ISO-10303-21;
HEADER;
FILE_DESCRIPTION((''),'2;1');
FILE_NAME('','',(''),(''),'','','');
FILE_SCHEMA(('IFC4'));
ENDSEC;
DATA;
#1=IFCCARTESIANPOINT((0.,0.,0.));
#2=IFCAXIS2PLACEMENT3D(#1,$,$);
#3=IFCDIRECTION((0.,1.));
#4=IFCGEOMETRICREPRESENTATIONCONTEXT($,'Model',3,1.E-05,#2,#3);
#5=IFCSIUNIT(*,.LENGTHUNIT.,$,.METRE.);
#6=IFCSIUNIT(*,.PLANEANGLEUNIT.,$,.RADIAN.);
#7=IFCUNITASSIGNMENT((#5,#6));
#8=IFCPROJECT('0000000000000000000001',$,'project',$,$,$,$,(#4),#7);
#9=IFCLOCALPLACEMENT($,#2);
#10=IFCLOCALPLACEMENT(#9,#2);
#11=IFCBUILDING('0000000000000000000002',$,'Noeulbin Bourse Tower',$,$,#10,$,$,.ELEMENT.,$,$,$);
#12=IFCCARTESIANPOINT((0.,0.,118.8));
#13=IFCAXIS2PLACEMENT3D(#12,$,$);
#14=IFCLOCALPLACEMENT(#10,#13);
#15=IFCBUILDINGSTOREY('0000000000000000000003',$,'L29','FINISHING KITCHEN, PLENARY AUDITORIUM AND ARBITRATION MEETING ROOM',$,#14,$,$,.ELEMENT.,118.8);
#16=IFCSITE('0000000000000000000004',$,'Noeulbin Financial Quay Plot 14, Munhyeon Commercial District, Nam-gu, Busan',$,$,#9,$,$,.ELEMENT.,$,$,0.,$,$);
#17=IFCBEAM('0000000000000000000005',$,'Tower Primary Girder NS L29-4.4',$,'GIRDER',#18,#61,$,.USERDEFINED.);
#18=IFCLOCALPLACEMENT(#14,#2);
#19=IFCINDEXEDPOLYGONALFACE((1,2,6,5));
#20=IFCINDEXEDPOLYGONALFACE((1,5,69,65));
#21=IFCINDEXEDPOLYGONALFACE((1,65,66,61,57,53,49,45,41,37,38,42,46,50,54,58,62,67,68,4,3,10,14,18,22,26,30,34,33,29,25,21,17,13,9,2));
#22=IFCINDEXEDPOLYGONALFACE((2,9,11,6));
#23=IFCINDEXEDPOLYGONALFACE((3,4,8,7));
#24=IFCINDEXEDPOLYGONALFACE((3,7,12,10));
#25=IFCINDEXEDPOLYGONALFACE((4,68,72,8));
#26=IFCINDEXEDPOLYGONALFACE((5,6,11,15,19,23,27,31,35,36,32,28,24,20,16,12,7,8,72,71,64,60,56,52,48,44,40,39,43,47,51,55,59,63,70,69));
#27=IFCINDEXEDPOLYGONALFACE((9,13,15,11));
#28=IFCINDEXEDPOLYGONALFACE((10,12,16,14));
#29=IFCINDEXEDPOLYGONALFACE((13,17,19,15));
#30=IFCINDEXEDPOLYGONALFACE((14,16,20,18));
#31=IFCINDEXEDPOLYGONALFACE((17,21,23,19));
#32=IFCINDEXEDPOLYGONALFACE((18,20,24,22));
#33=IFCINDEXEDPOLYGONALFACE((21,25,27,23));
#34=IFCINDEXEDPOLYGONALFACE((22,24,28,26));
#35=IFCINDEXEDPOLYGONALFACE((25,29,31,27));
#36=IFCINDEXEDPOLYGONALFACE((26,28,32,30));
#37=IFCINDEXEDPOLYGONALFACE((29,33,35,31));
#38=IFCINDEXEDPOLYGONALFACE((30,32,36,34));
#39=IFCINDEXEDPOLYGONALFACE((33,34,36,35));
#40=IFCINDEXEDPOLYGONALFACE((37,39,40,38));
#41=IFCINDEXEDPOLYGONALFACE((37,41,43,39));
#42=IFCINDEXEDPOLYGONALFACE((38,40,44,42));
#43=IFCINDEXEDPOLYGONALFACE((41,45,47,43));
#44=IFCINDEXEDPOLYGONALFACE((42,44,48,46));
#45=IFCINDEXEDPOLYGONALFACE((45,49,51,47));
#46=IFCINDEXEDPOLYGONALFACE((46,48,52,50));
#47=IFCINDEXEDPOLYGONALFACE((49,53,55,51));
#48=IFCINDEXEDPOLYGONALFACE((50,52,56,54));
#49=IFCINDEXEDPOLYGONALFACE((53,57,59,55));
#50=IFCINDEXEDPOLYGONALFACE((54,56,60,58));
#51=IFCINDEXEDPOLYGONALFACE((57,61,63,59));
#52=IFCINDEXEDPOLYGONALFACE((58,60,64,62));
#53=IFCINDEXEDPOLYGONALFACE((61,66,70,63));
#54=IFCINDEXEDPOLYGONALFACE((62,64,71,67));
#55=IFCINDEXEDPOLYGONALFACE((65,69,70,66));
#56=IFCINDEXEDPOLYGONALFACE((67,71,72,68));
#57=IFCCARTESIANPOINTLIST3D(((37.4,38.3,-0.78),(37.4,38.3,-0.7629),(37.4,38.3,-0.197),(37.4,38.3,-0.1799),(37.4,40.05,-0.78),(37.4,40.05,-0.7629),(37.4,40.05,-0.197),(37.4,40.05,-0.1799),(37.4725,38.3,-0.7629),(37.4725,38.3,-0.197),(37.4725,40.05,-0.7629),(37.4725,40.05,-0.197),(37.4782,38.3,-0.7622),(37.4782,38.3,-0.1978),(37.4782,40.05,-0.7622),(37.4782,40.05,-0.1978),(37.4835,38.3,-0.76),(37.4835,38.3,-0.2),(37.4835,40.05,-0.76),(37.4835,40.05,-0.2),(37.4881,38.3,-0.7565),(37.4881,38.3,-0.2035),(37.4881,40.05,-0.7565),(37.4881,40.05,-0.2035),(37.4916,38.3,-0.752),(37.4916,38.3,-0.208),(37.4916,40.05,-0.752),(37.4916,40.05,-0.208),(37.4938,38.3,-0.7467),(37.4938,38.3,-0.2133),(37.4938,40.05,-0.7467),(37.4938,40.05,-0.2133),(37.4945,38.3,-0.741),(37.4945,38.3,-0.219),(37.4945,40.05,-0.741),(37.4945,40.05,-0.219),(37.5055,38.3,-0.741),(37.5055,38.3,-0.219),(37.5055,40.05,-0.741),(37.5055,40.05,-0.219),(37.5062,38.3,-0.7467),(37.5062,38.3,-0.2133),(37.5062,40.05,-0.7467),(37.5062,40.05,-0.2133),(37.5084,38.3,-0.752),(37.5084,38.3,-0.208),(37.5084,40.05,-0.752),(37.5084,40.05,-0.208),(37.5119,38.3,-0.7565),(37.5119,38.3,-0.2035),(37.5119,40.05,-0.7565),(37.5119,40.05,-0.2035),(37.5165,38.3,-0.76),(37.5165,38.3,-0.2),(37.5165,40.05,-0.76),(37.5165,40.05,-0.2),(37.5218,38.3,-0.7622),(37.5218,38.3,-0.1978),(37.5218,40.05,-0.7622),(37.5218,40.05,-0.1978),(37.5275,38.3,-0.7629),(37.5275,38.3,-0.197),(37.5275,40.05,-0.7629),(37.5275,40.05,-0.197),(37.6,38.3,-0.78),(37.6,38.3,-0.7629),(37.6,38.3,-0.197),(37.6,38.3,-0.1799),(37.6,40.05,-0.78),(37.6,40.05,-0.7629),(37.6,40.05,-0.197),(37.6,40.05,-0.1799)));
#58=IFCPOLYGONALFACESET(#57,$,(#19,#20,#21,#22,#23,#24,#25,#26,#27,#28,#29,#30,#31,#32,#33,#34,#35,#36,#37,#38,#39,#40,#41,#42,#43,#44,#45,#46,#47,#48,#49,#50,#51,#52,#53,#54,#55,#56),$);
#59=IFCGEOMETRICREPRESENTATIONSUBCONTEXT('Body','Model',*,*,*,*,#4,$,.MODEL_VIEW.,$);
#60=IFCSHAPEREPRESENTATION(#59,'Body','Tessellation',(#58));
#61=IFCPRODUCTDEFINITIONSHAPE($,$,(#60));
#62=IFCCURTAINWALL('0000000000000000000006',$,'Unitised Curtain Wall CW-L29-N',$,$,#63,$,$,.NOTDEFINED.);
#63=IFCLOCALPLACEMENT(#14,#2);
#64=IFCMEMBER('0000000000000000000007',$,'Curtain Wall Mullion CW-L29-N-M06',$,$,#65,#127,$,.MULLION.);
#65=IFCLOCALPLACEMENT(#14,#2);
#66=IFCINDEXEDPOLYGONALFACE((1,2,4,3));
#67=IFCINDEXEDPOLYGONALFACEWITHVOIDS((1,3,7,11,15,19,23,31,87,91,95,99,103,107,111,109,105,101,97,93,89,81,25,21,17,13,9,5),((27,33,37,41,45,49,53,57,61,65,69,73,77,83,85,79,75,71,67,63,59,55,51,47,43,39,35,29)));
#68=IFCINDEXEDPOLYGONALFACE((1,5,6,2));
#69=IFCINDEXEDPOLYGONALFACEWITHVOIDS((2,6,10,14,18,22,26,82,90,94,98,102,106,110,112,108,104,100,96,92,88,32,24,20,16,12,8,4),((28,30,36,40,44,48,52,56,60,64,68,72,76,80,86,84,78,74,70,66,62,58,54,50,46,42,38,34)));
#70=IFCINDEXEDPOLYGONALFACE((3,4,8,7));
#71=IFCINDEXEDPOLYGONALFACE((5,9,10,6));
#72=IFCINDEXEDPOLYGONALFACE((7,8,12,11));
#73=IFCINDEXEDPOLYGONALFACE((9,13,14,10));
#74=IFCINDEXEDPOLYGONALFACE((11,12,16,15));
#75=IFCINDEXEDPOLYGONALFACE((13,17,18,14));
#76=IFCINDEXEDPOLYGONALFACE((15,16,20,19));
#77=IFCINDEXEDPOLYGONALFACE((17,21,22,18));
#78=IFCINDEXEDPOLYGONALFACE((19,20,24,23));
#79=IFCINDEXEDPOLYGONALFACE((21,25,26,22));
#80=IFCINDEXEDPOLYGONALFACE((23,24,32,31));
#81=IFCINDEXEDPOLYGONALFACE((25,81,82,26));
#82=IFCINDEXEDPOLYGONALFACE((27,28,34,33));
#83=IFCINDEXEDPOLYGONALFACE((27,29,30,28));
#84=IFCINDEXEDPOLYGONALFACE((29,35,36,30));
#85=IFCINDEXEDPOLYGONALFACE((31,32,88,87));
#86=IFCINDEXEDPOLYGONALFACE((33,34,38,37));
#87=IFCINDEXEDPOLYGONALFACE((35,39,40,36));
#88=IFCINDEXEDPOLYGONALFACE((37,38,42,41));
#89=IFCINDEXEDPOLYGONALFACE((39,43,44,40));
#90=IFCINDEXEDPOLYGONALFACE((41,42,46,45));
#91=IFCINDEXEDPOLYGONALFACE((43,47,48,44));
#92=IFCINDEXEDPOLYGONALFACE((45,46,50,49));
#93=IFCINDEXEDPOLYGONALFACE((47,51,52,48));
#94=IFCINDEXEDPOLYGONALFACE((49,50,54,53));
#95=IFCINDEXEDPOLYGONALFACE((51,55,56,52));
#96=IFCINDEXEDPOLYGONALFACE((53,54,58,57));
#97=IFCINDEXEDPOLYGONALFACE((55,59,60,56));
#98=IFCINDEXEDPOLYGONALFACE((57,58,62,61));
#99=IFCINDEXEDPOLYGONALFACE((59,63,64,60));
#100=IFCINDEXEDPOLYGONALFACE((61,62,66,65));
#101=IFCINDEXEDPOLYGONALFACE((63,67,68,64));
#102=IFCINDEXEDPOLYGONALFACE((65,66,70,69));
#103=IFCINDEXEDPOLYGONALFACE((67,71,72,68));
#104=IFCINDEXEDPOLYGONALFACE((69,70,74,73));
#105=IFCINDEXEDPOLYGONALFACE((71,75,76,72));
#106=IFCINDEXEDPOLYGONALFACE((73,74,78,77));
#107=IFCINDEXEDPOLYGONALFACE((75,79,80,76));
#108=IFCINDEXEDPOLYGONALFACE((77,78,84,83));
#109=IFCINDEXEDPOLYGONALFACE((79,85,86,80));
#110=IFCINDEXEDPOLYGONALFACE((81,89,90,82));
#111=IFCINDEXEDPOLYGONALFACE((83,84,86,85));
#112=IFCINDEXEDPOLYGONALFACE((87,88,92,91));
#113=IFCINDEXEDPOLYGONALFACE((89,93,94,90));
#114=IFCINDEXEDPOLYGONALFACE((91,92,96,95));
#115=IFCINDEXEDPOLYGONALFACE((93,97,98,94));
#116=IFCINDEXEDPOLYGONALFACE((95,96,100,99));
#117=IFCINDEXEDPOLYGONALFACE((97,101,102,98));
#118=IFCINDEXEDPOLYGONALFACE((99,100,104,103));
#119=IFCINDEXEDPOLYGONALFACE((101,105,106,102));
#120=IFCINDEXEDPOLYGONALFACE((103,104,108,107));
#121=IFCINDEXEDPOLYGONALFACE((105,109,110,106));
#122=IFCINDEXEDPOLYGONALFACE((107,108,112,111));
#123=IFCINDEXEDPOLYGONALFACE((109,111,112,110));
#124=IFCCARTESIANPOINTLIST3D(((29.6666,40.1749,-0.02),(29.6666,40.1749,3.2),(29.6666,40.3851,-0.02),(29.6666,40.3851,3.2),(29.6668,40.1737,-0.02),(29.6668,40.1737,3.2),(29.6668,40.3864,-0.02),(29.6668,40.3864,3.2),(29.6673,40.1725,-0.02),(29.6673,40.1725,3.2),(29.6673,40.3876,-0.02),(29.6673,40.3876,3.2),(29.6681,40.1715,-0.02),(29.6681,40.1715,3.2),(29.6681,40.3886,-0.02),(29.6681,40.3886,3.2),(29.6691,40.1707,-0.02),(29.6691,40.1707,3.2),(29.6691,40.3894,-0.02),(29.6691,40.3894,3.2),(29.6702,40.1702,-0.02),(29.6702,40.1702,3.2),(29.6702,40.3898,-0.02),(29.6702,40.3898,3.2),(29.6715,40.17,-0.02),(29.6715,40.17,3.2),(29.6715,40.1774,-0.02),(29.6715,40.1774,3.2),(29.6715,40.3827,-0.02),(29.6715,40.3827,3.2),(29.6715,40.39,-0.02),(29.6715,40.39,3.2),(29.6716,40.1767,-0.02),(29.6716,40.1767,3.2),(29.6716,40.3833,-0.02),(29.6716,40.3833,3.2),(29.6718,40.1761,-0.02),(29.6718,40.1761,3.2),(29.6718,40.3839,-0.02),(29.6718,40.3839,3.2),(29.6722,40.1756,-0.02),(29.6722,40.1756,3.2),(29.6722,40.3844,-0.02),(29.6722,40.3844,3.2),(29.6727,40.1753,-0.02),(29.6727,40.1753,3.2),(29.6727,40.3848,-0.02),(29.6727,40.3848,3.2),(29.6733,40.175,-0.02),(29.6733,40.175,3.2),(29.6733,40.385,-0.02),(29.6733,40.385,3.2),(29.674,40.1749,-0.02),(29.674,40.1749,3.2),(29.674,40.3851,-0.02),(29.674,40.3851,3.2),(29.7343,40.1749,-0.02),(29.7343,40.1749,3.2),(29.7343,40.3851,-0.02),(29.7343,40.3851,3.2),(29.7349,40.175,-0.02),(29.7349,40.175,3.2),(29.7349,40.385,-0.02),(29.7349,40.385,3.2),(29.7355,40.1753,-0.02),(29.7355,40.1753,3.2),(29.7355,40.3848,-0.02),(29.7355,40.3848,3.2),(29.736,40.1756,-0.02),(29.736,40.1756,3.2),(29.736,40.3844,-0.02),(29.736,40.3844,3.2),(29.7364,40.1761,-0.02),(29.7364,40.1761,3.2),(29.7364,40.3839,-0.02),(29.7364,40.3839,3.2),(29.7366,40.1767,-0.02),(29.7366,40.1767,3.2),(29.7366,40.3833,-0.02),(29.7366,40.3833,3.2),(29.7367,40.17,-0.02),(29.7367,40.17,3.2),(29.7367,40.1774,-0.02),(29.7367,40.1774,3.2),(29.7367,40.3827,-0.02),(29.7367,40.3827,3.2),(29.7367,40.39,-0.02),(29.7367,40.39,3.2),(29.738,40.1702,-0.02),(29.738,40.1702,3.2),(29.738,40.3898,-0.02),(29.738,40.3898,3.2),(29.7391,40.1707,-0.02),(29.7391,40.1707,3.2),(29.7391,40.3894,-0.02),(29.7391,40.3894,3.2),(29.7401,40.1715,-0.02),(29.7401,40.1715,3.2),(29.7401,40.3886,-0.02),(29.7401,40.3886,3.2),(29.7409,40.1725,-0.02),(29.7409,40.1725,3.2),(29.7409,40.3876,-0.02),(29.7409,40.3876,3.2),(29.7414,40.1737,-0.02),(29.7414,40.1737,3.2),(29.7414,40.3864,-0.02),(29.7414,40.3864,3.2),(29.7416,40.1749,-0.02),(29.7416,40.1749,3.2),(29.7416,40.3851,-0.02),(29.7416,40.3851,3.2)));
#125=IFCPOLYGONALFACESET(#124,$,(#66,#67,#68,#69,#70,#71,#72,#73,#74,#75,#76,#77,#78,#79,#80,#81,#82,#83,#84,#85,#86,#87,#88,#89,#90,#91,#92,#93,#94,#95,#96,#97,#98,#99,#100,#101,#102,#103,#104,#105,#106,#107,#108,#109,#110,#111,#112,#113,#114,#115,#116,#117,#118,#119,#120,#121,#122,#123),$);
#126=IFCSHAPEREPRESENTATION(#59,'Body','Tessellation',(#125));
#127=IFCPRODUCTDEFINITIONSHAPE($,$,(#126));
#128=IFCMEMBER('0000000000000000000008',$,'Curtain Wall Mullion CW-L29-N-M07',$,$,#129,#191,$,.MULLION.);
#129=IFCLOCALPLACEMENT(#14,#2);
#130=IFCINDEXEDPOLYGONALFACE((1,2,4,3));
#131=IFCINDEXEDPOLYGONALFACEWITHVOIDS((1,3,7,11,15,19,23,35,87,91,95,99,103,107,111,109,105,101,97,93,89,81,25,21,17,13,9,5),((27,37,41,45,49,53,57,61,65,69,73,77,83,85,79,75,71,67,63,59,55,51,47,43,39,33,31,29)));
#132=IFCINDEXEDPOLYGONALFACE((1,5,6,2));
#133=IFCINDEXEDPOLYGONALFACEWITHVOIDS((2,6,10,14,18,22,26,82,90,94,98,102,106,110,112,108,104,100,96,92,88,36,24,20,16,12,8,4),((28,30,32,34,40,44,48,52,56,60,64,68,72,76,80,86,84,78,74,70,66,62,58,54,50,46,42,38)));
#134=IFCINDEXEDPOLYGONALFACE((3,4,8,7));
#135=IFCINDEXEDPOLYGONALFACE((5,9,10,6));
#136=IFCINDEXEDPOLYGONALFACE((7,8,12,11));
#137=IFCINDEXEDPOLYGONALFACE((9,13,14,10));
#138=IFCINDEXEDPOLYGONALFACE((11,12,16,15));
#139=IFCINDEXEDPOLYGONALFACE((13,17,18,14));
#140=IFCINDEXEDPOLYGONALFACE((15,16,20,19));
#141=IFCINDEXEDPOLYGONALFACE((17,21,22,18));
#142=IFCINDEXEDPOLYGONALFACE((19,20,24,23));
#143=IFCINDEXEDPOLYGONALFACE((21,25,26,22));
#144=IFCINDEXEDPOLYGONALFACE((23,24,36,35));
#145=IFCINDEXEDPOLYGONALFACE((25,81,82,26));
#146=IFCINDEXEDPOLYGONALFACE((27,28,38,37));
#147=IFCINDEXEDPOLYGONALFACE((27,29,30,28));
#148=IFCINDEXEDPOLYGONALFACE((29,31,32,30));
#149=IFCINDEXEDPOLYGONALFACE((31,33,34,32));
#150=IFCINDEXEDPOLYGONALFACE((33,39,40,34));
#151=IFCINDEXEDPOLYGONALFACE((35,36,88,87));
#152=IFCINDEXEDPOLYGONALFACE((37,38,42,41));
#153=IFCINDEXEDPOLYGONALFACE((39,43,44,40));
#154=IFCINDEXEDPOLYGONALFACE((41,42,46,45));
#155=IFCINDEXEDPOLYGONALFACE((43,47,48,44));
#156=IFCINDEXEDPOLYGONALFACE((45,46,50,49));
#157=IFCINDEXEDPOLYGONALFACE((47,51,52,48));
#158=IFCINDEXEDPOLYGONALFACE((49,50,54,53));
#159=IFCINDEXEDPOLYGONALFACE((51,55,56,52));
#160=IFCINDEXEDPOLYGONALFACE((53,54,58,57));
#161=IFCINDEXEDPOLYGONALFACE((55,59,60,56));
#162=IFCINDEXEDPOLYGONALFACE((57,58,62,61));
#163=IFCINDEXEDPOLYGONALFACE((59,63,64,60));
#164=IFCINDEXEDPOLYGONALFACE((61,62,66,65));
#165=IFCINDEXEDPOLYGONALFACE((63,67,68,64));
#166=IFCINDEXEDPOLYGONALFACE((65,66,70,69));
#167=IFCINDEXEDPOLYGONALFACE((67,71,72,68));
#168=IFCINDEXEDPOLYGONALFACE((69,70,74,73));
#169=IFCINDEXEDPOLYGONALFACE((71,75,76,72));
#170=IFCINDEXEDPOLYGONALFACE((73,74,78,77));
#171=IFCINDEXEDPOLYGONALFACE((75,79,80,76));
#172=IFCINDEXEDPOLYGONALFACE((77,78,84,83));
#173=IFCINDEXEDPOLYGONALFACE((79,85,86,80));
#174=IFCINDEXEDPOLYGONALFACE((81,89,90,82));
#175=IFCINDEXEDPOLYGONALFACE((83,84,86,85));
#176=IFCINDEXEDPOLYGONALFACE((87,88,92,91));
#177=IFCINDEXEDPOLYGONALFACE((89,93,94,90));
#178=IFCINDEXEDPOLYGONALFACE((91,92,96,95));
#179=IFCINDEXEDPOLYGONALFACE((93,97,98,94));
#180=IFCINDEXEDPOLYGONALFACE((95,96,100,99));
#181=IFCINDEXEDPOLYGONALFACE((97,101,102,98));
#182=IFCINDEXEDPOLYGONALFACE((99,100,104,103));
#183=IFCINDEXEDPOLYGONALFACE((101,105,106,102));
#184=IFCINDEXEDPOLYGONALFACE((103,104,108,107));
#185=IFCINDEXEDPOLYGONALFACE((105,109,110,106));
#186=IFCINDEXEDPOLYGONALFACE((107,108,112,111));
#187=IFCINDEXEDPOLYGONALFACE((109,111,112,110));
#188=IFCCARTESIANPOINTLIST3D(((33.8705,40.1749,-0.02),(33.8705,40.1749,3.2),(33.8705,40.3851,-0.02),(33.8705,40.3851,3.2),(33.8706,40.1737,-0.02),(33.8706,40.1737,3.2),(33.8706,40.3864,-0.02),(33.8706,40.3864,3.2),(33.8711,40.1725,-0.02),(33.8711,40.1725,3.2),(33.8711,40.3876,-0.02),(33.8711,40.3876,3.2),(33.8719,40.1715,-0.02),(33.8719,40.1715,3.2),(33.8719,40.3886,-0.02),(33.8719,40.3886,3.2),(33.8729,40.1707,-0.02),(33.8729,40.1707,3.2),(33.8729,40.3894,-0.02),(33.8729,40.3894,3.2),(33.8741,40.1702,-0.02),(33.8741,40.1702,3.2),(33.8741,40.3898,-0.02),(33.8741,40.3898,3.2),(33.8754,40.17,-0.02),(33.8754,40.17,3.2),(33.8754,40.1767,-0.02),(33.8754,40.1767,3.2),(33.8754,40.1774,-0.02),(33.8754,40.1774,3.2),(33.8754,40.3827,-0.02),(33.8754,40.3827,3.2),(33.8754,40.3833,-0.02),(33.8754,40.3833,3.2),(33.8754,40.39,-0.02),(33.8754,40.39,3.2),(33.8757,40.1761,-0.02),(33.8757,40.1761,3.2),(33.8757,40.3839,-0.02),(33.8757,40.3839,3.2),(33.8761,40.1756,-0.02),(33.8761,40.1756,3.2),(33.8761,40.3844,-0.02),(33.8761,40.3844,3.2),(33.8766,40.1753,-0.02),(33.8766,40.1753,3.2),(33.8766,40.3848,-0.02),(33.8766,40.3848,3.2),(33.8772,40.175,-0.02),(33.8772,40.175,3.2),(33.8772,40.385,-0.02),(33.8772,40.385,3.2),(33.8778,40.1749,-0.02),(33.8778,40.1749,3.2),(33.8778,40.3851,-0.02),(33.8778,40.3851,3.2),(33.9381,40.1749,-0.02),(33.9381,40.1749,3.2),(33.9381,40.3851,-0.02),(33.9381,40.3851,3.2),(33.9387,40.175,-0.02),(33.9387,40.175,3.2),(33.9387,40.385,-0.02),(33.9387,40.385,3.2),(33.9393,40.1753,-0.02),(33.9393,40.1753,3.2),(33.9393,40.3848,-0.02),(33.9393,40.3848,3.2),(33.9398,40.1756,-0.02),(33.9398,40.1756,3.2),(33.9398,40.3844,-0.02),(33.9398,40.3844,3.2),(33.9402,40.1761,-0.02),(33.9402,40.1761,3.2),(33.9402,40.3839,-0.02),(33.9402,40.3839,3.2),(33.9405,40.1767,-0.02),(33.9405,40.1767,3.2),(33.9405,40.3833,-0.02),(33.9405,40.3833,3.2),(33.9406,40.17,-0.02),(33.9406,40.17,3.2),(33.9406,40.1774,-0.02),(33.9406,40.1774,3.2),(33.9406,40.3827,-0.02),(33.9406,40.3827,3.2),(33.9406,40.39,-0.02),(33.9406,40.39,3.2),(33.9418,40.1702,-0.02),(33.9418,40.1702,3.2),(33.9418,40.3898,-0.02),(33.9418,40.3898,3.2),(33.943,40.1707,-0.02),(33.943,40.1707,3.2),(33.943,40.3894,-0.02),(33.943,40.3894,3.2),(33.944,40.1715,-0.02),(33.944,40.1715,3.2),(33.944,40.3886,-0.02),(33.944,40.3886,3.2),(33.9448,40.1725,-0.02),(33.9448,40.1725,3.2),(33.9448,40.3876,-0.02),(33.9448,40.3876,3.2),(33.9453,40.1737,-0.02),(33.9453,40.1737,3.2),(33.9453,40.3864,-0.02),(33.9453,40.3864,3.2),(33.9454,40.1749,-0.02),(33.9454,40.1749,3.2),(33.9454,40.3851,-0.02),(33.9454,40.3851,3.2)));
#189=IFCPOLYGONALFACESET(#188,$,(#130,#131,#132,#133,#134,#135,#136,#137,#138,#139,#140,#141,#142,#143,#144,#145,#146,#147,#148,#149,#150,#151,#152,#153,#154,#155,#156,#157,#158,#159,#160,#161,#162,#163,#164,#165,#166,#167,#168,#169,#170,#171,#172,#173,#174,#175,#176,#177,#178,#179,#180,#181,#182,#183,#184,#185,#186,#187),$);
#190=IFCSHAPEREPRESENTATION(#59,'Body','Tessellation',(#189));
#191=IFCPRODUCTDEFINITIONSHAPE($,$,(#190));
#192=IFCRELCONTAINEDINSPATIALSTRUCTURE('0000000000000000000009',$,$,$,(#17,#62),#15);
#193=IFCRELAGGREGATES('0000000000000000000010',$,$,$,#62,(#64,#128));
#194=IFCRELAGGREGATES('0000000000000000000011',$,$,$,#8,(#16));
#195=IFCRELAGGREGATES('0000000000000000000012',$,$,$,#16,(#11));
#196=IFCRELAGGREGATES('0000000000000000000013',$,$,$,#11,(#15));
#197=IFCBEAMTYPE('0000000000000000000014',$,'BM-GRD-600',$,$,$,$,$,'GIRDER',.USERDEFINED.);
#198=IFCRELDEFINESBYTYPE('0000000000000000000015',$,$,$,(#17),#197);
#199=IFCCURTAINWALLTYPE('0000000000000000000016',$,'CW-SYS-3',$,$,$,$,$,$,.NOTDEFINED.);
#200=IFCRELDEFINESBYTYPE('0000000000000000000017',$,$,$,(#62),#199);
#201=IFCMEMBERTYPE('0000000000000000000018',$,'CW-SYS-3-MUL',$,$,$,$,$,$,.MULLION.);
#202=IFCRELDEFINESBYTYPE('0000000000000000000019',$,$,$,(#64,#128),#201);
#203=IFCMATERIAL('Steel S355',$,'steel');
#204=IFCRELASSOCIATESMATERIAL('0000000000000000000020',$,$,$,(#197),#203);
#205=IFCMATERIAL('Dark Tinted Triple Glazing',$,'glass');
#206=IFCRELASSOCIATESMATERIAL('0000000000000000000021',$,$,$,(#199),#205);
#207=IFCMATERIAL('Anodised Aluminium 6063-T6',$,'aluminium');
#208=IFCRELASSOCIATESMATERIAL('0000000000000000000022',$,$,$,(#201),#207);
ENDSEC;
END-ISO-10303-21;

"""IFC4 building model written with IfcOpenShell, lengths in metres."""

from ifc_helpers import new_model, si_unit, direction, frame, origin, origin_2d, place, context, subcontext, project, spatial, hollow_rectangle, i_section, extrude, material, material_profile, profile_set, type_object, element, aggregate, save


model = new_model("IFC4")

# Units and contexts
model_context = context("Model", 3, precision=1e-05, world=origin(), true_north=direction((0.0, 1.0)))
body_context = subcontext(model_context, "Body", "Model", "MODEL_VIEW")
ifc_project = project(units=[si_unit("LENGTHUNIT", "METRE"), si_unit("PLANEANGLEUNIT", "RADIAN")], contexts=[model_context])

# Site, building, storey
site_placement = place(None, origin())
site = spatial("IfcSite", under=ifc_project, at=site_placement, Name="Noeulbin Financial Quay Plot 14, Munhyeon Commercial District, Nam-gu, Busan", CompositionType="ELEMENT", RefElevation=0.0)
building_placement = place(site_placement, origin())
building = spatial("IfcBuilding", under=site, at=building_placement, Name="Noeulbin Bourse Tower", CompositionType="ELEMENT")
storey_placement = place(building_placement, frame((0.0, 0.0, 118.8)))
storey = spatial("IfcBuildingStorey", under=building, at=storey_placement, Name="L29", Description="FINISHING KITCHEN, PLENARY AUDITORIUM AND ARBITRATION MEETING ROOM", CompositionType="ELEMENT", Elevation=118.8)

# Beam
ifc_material_1 = material(Name="Steel S355", Category="steel")
ifc_material_profile_1 = material_profile(ifc_material_1, i_section(OverallWidth=0.2, OverallDepth=0.6001, WebThickness=0.011, FlangeThickness=0.0171, FilletRadius=0.022, at=origin_2d()), Name="H-600x200x11x17", Category="LoadBearing")
ifc_profile_set_1 = profile_set([ifc_material_profile_1], Name="Steel S355")
beam_type = type_object("IfcBeamType", Name="BM-GRD-600", ElementType="GIRDER", PredefinedType="USERDEFINED", material=ifc_profile_set_1)
for number, where, z_axis, x_axis, name in (
    (1, (37.5, 38.3, -0.48), (0.0, 1.0, 0.0), (-1.0, 0.0, 0.0), "Tower Primary Girder NS L29-4.4"),
):
    element("IfcBeam", number, at=place(storey_placement, frame(where, z_axis=z_axis, x_axis=x_axis)), inside=storey, type_object=beam_type, Name=name, ObjectType="GIRDER", PredefinedType="USERDEFINED", context=body_context, shape_type="SweptSolid", body=[
        extrude(i_section(OverallWidth=0.2, OverallDepth=0.6001, WebThickness=0.011, FlangeThickness=0.0171, FilletRadius=0.022, at=origin_2d()), origin(), (0.0, 0.0, 1.0), 1.75),
    ])

# Curtain wall, members
ifc_material_2 = material(Name="Dark Tinted Triple Glazing", Category="glass")
curtain_wall_type = type_object("IfcCurtainWallType", Name="CW-SYS-3", PredefinedType="NOTDEFINED", material=ifc_material_2)
curtain_wall_placement = place(storey_placement, origin())
curtain_wall = element("IfcCurtainWall", 2, at=curtain_wall_placement, inside=storey, type_object=curtain_wall_type, Name="Unitised Curtain Wall CW-L29-N", PredefinedType="NOTDEFINED")
ifc_material_3 = material(Name="Anodised Aluminium 6063-T6", Category="aluminium")
ifc_material_profile_2 = material_profile(ifc_material_3, hollow_rectangle(XDim=0.075, YDim=0.22, WallThickness=0.0049, InnerFilletRadius=0.0024, OuterFilletRadius=0.0049, at=origin_2d()), Name="ALU-MULL-75x220x5", Category="LoadBearing")
ifc_profile_set_2 = profile_set([ifc_material_profile_2], Name="Anodised Aluminium 6063-T6")
member_type = type_object("IfcMemberType", Name="CW-SYS-3-MUL", PredefinedType="MULLION", material=ifc_profile_set_2)
member_1_placement = place(storey_placement, frame((29.7041, 40.28, -0.02), z_axis=(0.0, 0.0, 1.0), x_axis=(1.0, 0.0, 0.0)))
member_1 = element("IfcMember", 3, at=member_1_placement, type_object=member_type, Name="Curtain Wall Mullion CW-L29-N-M06", PredefinedType="MULLION", context=body_context, shape_type="SweptSolid", body=[
    extrude(hollow_rectangle(XDim=0.075, YDim=0.22, WallThickness=0.0049, InnerFilletRadius=0.0024, OuterFilletRadius=0.0049, at=origin_2d()), origin(), (0.0, 0.0, 1.0), 3.22),
])
member_2_placement = place(storey_placement, frame((33.908, 40.28, -0.02), z_axis=(0.0, 0.0, 1.0), x_axis=(1.0, 0.0, 0.0)))
member_2 = element("IfcMember", 4, at=member_2_placement, type_object=member_type, Name="Curtain Wall Mullion CW-L29-N-M07", PredefinedType="MULLION", context=body_context, shape_type="SweptSolid", body=[
    extrude(hollow_rectangle(XDim=0.075, YDim=0.22, WallThickness=0.0049, InnerFilletRadius=0.0024, OuterFilletRadius=0.0049, at=origin_2d()), origin(), (0.0, 0.0, 1.0), 3.22),
])
aggregate(curtain_wall, [member_1, member_2])

save(model, "model.ifc")
